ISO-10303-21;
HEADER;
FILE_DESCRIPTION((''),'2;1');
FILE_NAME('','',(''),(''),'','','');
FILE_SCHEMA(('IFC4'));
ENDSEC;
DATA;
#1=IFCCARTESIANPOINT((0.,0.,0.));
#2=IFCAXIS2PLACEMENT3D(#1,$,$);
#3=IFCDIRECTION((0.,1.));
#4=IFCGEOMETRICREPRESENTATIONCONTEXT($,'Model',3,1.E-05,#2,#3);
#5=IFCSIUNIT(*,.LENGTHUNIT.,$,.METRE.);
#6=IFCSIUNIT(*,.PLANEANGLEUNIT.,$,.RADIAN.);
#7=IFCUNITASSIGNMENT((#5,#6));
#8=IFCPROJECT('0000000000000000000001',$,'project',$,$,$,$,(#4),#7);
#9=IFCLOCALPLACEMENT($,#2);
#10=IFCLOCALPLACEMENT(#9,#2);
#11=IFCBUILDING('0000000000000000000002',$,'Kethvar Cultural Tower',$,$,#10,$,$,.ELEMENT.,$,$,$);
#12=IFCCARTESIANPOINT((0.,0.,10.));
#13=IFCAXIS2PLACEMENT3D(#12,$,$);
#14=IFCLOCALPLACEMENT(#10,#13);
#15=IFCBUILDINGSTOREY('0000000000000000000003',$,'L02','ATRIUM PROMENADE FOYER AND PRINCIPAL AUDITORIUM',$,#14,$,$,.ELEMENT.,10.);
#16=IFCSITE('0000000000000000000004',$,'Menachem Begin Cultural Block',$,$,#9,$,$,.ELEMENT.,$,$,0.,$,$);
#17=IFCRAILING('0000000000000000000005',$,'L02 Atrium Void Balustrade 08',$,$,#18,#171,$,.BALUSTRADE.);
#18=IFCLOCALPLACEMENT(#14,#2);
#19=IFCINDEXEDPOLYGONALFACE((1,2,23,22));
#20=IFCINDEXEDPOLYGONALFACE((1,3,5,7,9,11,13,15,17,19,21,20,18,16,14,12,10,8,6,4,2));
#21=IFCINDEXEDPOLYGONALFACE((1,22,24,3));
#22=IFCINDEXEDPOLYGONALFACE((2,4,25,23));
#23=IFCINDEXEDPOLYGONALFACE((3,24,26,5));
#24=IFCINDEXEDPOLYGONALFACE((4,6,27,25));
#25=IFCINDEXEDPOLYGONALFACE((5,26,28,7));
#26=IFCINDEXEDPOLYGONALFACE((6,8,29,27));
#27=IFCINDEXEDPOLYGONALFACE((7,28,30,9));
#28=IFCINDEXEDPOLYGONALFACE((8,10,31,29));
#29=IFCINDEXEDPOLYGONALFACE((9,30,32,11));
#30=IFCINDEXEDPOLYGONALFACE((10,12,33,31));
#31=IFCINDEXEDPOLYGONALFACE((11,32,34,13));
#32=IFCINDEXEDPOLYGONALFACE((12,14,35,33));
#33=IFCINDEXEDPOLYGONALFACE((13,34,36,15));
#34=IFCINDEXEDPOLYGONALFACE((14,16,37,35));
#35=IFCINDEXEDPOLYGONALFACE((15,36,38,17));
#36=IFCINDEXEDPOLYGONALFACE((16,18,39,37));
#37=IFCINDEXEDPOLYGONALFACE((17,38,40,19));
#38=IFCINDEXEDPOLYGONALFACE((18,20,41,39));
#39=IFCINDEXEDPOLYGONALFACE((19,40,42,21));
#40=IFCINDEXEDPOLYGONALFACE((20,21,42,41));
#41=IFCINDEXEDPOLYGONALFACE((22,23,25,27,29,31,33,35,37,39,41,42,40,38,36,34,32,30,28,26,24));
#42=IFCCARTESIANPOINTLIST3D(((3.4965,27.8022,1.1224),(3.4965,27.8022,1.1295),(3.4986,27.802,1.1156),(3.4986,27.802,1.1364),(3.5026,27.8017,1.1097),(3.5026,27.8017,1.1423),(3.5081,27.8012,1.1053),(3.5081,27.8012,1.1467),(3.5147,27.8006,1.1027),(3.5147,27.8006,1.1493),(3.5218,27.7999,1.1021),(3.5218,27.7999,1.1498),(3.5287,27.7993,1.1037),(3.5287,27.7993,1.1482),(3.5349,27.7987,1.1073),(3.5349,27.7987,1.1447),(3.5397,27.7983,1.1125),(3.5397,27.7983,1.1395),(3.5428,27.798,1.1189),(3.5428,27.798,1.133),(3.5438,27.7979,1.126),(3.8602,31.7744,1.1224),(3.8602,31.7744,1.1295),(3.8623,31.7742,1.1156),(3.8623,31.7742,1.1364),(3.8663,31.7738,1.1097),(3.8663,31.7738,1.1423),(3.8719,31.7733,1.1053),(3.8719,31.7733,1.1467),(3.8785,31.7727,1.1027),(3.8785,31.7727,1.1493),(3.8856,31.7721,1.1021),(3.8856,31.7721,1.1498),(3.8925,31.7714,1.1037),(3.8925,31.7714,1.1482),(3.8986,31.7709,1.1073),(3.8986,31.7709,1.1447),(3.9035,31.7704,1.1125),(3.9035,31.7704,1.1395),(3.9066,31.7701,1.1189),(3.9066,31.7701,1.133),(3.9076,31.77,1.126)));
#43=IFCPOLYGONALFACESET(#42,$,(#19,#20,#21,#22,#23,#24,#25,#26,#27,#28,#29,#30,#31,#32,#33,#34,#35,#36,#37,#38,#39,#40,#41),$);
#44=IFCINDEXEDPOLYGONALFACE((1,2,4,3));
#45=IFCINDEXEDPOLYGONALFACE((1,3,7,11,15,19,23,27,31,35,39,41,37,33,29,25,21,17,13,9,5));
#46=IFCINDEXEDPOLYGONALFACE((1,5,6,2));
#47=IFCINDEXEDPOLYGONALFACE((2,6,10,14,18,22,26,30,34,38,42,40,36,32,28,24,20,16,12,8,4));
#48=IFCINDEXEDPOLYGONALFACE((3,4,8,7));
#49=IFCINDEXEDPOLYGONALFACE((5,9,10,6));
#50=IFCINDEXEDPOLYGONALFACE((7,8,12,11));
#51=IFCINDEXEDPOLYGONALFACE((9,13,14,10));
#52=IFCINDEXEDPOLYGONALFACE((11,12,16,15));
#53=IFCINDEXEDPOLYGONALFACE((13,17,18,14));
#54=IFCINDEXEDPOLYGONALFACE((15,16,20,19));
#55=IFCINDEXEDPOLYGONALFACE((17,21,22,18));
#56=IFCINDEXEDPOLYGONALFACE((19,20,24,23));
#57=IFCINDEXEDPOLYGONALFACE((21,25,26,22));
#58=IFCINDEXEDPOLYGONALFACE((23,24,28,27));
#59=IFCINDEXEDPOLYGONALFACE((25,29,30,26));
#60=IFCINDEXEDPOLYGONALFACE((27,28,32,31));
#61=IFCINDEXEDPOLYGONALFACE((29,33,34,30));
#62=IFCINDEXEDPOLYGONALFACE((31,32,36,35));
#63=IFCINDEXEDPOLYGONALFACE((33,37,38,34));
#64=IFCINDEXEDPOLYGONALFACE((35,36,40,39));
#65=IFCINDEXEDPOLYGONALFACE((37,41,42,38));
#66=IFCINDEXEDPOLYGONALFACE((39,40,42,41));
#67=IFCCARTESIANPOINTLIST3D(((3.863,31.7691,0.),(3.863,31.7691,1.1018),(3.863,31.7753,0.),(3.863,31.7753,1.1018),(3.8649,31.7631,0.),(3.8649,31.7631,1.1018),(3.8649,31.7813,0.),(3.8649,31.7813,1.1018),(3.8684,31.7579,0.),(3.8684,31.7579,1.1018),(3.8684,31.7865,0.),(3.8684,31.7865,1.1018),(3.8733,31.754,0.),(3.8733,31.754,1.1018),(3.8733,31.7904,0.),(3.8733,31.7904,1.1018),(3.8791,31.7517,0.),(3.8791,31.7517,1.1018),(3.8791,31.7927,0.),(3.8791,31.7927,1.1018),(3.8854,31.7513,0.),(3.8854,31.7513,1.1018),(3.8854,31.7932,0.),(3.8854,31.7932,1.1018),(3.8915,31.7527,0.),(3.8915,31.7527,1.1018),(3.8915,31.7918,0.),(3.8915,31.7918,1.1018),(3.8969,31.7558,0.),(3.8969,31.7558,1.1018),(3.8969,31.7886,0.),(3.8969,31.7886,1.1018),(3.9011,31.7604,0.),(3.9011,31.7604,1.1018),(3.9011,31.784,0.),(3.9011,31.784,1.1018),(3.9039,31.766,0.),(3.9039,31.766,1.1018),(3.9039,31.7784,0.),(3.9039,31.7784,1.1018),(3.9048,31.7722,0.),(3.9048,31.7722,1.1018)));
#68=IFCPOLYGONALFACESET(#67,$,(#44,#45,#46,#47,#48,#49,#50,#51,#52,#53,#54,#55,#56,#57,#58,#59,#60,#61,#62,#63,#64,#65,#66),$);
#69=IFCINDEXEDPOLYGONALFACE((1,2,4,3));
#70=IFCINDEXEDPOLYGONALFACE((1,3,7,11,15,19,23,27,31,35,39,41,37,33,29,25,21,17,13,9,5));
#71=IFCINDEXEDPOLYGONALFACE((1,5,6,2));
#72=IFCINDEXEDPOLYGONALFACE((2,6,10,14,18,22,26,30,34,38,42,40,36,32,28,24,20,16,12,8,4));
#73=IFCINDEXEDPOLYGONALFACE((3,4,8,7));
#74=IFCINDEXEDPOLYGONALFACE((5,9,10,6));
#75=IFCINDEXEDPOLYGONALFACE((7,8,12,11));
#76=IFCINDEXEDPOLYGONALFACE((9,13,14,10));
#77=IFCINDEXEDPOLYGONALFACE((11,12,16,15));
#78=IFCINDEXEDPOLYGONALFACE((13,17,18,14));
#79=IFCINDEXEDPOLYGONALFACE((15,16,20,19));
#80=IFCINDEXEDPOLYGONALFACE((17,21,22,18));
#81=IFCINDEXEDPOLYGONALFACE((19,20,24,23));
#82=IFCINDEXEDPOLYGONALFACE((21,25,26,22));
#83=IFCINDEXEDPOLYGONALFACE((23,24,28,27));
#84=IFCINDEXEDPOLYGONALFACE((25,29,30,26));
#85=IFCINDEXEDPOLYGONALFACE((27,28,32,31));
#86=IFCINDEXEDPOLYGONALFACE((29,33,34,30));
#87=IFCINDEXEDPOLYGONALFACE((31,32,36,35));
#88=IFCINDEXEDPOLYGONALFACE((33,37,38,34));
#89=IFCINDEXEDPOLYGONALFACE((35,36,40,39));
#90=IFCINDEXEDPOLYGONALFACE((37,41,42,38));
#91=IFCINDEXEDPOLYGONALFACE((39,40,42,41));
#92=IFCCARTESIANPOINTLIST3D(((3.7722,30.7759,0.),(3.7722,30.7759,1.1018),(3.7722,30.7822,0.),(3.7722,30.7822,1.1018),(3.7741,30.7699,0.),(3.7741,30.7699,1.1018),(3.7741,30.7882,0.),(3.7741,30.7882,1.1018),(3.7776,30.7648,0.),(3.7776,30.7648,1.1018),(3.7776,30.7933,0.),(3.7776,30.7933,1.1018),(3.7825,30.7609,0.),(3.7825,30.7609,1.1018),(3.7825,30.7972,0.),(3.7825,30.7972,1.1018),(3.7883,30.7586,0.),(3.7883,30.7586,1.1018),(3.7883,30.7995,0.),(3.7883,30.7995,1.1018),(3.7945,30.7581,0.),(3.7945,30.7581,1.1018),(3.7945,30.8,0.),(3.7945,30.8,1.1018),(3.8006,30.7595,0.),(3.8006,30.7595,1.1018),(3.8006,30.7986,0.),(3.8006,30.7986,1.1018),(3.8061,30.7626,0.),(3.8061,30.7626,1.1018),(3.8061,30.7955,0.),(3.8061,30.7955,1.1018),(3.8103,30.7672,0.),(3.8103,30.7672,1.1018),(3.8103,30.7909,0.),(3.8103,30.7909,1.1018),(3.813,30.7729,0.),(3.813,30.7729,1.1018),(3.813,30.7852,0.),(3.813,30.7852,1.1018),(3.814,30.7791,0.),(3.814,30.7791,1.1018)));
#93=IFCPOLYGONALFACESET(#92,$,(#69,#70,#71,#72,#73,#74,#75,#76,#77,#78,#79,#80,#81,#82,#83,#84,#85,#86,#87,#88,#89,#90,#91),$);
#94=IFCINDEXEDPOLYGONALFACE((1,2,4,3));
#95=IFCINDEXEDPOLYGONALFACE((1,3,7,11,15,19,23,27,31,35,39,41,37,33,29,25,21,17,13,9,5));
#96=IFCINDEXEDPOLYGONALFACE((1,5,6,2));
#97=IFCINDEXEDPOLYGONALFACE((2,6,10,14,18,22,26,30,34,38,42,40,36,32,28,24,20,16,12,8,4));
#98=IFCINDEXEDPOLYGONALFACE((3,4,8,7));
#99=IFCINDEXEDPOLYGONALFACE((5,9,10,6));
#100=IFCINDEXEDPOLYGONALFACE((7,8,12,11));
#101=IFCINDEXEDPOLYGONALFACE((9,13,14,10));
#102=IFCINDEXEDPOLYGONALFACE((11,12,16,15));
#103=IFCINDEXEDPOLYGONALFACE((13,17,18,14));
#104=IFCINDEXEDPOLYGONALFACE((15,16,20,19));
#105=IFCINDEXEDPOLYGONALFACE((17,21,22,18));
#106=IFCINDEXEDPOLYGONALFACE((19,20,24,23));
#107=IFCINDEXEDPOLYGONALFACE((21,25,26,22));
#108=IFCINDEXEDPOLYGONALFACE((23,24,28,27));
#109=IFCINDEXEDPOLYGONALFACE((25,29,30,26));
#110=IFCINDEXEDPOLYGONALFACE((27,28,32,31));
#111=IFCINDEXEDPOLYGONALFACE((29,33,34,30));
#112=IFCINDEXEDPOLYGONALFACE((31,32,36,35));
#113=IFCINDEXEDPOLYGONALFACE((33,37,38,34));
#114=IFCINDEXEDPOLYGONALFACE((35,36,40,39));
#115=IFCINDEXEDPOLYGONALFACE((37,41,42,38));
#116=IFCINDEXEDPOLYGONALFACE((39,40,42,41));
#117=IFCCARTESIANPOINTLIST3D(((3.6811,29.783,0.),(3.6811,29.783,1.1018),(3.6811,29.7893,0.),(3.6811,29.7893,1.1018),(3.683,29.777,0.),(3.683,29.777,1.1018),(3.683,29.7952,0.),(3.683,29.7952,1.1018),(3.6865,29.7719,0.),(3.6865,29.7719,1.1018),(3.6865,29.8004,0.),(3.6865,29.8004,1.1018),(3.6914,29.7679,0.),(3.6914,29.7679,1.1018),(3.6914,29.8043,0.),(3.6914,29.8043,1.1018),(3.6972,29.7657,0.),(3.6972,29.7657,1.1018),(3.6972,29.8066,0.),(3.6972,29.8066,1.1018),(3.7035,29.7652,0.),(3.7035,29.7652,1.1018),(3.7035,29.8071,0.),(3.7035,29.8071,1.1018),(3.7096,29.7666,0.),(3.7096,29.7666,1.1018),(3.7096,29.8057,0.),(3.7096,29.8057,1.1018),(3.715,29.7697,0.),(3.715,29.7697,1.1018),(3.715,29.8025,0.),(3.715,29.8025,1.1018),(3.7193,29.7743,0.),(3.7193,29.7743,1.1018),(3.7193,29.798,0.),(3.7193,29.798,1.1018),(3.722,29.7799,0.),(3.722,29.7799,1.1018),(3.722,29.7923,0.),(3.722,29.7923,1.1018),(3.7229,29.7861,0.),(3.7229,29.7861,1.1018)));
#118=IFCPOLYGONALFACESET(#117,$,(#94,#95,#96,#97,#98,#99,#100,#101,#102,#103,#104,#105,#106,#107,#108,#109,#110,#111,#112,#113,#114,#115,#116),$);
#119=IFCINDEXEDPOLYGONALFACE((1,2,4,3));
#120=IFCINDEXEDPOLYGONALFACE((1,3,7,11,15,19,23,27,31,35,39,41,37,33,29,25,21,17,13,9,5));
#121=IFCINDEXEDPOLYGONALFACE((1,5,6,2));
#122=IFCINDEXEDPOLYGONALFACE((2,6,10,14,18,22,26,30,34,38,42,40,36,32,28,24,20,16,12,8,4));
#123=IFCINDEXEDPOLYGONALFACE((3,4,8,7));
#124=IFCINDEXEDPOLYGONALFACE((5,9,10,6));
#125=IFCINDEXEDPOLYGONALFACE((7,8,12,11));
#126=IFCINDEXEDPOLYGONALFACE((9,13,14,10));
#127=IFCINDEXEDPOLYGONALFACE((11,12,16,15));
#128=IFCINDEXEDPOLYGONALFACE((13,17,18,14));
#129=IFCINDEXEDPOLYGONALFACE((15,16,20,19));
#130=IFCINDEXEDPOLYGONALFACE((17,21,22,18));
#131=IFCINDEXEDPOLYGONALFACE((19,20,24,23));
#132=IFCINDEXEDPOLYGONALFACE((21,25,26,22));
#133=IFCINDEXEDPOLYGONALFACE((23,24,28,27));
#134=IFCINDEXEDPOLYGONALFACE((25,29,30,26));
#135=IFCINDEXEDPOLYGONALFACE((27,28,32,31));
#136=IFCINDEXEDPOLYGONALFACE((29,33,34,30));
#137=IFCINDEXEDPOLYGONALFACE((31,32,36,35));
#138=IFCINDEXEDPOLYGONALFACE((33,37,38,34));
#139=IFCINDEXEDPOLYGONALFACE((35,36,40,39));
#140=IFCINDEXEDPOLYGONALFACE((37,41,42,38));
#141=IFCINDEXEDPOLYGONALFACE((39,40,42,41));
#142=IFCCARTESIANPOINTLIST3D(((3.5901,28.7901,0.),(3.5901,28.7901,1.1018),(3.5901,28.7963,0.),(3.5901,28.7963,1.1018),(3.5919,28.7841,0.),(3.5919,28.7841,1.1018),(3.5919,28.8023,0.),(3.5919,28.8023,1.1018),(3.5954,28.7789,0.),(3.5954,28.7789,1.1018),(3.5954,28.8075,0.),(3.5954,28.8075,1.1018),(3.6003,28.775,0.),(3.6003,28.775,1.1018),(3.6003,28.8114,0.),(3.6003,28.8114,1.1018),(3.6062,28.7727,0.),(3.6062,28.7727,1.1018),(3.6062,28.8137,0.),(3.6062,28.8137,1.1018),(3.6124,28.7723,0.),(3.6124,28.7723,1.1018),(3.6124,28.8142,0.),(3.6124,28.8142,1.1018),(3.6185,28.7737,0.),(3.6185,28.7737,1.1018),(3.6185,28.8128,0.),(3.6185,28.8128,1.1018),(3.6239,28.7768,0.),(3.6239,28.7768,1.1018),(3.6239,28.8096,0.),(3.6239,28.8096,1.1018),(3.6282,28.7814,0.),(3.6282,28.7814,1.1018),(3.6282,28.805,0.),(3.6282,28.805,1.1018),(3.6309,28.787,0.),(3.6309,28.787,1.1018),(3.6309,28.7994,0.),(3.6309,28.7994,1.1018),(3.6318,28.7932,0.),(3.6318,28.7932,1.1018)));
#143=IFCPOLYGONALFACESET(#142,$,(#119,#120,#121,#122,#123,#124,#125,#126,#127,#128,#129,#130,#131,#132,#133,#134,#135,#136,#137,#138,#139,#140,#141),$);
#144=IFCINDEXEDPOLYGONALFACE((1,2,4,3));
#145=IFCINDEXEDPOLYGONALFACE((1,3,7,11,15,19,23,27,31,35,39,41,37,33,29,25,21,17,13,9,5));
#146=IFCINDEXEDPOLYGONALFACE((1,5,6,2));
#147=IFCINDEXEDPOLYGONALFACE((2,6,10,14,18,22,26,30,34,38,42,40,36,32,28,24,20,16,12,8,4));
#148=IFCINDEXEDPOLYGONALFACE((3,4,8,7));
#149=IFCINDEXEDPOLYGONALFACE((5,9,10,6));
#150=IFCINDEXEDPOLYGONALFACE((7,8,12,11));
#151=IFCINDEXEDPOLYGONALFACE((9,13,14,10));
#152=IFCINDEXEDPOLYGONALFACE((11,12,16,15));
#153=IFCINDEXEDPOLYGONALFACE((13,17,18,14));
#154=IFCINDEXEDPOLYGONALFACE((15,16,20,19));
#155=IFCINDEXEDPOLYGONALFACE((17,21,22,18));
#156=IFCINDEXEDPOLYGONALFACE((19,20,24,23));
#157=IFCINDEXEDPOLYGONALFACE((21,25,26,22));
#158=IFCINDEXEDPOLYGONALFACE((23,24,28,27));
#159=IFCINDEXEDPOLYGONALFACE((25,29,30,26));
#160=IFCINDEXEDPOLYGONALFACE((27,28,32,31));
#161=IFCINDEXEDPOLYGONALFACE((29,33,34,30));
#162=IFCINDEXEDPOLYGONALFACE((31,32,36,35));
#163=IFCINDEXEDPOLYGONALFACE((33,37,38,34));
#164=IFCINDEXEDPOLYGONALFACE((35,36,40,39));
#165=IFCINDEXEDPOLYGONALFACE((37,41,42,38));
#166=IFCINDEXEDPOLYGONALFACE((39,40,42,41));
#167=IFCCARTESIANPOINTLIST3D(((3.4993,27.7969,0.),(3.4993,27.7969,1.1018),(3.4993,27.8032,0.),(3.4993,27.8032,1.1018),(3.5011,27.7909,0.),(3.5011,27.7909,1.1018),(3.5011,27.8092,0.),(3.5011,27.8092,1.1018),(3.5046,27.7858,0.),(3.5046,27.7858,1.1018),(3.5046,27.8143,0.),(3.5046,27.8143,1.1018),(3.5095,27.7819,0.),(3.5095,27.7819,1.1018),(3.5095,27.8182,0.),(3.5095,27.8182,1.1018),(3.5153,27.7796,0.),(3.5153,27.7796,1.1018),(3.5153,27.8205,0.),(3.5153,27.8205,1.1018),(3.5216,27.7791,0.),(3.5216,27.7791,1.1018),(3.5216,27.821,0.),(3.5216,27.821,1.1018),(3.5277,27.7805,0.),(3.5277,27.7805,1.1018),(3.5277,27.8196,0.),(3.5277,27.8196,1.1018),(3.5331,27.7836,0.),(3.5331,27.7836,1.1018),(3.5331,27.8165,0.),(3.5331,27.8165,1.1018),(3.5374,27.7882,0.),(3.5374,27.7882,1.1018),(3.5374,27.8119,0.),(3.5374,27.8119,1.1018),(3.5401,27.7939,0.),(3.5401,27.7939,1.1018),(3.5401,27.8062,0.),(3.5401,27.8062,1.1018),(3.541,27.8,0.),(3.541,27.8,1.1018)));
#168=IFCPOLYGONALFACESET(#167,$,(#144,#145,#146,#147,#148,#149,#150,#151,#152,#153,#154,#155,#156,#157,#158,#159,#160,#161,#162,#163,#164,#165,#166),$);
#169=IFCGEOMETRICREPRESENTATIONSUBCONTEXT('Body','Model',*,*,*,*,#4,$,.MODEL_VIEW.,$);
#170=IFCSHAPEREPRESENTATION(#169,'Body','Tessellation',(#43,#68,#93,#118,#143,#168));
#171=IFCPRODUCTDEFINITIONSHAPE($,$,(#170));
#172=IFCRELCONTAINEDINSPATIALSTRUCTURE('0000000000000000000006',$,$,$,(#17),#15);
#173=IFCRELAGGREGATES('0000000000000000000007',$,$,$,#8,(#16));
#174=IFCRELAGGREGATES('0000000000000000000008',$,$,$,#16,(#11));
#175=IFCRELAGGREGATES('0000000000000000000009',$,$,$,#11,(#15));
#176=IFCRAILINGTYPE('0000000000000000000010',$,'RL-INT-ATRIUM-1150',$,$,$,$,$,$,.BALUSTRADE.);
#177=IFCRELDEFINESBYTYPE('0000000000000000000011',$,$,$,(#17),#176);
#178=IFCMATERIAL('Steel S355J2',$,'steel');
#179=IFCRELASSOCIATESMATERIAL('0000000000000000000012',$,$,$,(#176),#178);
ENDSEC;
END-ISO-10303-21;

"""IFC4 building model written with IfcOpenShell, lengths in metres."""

from ifc_helpers import new_model, si_unit, direction, frame, origin, origin_2d, place, context, subcontext, project, spatial, circle, extrude, material, type_object, element, save


model = new_model("IFC4")

# Units and contexts
model_context = context("Model", 3, precision=1e-05, world=origin(), true_north=direction((0.0, 1.0)))
body_context = subcontext(model_context, "Body", "Model", "MODEL_VIEW")
ifc_project = project(units=[si_unit("LENGTHUNIT", "METRE"), si_unit("PLANEANGLEUNIT", "RADIAN")], contexts=[model_context])

# Site, building, storey
site_placement = place(None, origin())
site = spatial("IfcSite", under=ifc_project, at=site_placement, Name="Menachem Begin Cultural Block", CompositionType="ELEMENT", RefElevation=0.0)
building_placement = place(site_placement, origin())
building = spatial("IfcBuilding", under=site, at=building_placement, Name="Kethvar Cultural Tower", CompositionType="ELEMENT")
storey_placement = place(building_placement, frame((0.0, 0.0, 10.0)))
storey = spatial("IfcBuildingStorey", under=building, at=storey_placement, Name="L02", Description="ATRIUM PROMENADE FOYER AND PRINCIPAL AUDITORIUM", CompositionType="ELEMENT", Elevation=10.0)

# Shared definitions
ifc_material_1 = material(Name="Steel S355J2", Category="steel")

# Railing
railing_type = type_object("IfcRailingType", Name="RL-INT-ATRIUM-1150", PredefinedType="BALUSTRADE", material=ifc_material_1)
railing_1_placement = place(storey_placement, frame((3.8838, 31.7722, 0.0)))
element("IfcRailing", 1, at=railing_1_placement, inside=storey, type_object=railing_type, Name="L02 Atrium Void Balustrade 08", PredefinedType="BALUSTRADE", context=body_context, shape_type="SweptSolid", body=[
    extrude(circle(Radius=0.0239, at=origin_2d()), frame((0.0, 0.0, 1.126), z_axis=(-0.091198, -0.995833, 0.0), x_axis=(0.995833, -0.091198, 0.0)), (0.0, 0.0, 1.0), 3.9888),
    extrude(circle(Radius=0.021, at=origin_2d()), origin(), (0.0, 0.0, 1.0), 1.1018),
    extrude(circle(Radius=0.021, at=origin_2d()), frame((-0.0908, -0.9932, 0.0)), (0.0, 0.0, 1.0), 1.1018),
    extrude(circle(Radius=0.021, at=origin_2d()), frame((-0.1819, -1.9861, 0.0)), (0.0, 0.0, 1.0), 1.1018),
    extrude(circle(Radius=0.021, at=origin_2d()), frame((-0.2729, -2.979, 0.0)), (0.0, 0.0, 1.0), 1.1018),
    extrude(circle(Radius=0.021, at=origin_2d()), frame((-0.3638, -3.9722, 0.0)), (0.0, 0.0, 1.0), 1.1018),
])

save(model, "model.ifc")
